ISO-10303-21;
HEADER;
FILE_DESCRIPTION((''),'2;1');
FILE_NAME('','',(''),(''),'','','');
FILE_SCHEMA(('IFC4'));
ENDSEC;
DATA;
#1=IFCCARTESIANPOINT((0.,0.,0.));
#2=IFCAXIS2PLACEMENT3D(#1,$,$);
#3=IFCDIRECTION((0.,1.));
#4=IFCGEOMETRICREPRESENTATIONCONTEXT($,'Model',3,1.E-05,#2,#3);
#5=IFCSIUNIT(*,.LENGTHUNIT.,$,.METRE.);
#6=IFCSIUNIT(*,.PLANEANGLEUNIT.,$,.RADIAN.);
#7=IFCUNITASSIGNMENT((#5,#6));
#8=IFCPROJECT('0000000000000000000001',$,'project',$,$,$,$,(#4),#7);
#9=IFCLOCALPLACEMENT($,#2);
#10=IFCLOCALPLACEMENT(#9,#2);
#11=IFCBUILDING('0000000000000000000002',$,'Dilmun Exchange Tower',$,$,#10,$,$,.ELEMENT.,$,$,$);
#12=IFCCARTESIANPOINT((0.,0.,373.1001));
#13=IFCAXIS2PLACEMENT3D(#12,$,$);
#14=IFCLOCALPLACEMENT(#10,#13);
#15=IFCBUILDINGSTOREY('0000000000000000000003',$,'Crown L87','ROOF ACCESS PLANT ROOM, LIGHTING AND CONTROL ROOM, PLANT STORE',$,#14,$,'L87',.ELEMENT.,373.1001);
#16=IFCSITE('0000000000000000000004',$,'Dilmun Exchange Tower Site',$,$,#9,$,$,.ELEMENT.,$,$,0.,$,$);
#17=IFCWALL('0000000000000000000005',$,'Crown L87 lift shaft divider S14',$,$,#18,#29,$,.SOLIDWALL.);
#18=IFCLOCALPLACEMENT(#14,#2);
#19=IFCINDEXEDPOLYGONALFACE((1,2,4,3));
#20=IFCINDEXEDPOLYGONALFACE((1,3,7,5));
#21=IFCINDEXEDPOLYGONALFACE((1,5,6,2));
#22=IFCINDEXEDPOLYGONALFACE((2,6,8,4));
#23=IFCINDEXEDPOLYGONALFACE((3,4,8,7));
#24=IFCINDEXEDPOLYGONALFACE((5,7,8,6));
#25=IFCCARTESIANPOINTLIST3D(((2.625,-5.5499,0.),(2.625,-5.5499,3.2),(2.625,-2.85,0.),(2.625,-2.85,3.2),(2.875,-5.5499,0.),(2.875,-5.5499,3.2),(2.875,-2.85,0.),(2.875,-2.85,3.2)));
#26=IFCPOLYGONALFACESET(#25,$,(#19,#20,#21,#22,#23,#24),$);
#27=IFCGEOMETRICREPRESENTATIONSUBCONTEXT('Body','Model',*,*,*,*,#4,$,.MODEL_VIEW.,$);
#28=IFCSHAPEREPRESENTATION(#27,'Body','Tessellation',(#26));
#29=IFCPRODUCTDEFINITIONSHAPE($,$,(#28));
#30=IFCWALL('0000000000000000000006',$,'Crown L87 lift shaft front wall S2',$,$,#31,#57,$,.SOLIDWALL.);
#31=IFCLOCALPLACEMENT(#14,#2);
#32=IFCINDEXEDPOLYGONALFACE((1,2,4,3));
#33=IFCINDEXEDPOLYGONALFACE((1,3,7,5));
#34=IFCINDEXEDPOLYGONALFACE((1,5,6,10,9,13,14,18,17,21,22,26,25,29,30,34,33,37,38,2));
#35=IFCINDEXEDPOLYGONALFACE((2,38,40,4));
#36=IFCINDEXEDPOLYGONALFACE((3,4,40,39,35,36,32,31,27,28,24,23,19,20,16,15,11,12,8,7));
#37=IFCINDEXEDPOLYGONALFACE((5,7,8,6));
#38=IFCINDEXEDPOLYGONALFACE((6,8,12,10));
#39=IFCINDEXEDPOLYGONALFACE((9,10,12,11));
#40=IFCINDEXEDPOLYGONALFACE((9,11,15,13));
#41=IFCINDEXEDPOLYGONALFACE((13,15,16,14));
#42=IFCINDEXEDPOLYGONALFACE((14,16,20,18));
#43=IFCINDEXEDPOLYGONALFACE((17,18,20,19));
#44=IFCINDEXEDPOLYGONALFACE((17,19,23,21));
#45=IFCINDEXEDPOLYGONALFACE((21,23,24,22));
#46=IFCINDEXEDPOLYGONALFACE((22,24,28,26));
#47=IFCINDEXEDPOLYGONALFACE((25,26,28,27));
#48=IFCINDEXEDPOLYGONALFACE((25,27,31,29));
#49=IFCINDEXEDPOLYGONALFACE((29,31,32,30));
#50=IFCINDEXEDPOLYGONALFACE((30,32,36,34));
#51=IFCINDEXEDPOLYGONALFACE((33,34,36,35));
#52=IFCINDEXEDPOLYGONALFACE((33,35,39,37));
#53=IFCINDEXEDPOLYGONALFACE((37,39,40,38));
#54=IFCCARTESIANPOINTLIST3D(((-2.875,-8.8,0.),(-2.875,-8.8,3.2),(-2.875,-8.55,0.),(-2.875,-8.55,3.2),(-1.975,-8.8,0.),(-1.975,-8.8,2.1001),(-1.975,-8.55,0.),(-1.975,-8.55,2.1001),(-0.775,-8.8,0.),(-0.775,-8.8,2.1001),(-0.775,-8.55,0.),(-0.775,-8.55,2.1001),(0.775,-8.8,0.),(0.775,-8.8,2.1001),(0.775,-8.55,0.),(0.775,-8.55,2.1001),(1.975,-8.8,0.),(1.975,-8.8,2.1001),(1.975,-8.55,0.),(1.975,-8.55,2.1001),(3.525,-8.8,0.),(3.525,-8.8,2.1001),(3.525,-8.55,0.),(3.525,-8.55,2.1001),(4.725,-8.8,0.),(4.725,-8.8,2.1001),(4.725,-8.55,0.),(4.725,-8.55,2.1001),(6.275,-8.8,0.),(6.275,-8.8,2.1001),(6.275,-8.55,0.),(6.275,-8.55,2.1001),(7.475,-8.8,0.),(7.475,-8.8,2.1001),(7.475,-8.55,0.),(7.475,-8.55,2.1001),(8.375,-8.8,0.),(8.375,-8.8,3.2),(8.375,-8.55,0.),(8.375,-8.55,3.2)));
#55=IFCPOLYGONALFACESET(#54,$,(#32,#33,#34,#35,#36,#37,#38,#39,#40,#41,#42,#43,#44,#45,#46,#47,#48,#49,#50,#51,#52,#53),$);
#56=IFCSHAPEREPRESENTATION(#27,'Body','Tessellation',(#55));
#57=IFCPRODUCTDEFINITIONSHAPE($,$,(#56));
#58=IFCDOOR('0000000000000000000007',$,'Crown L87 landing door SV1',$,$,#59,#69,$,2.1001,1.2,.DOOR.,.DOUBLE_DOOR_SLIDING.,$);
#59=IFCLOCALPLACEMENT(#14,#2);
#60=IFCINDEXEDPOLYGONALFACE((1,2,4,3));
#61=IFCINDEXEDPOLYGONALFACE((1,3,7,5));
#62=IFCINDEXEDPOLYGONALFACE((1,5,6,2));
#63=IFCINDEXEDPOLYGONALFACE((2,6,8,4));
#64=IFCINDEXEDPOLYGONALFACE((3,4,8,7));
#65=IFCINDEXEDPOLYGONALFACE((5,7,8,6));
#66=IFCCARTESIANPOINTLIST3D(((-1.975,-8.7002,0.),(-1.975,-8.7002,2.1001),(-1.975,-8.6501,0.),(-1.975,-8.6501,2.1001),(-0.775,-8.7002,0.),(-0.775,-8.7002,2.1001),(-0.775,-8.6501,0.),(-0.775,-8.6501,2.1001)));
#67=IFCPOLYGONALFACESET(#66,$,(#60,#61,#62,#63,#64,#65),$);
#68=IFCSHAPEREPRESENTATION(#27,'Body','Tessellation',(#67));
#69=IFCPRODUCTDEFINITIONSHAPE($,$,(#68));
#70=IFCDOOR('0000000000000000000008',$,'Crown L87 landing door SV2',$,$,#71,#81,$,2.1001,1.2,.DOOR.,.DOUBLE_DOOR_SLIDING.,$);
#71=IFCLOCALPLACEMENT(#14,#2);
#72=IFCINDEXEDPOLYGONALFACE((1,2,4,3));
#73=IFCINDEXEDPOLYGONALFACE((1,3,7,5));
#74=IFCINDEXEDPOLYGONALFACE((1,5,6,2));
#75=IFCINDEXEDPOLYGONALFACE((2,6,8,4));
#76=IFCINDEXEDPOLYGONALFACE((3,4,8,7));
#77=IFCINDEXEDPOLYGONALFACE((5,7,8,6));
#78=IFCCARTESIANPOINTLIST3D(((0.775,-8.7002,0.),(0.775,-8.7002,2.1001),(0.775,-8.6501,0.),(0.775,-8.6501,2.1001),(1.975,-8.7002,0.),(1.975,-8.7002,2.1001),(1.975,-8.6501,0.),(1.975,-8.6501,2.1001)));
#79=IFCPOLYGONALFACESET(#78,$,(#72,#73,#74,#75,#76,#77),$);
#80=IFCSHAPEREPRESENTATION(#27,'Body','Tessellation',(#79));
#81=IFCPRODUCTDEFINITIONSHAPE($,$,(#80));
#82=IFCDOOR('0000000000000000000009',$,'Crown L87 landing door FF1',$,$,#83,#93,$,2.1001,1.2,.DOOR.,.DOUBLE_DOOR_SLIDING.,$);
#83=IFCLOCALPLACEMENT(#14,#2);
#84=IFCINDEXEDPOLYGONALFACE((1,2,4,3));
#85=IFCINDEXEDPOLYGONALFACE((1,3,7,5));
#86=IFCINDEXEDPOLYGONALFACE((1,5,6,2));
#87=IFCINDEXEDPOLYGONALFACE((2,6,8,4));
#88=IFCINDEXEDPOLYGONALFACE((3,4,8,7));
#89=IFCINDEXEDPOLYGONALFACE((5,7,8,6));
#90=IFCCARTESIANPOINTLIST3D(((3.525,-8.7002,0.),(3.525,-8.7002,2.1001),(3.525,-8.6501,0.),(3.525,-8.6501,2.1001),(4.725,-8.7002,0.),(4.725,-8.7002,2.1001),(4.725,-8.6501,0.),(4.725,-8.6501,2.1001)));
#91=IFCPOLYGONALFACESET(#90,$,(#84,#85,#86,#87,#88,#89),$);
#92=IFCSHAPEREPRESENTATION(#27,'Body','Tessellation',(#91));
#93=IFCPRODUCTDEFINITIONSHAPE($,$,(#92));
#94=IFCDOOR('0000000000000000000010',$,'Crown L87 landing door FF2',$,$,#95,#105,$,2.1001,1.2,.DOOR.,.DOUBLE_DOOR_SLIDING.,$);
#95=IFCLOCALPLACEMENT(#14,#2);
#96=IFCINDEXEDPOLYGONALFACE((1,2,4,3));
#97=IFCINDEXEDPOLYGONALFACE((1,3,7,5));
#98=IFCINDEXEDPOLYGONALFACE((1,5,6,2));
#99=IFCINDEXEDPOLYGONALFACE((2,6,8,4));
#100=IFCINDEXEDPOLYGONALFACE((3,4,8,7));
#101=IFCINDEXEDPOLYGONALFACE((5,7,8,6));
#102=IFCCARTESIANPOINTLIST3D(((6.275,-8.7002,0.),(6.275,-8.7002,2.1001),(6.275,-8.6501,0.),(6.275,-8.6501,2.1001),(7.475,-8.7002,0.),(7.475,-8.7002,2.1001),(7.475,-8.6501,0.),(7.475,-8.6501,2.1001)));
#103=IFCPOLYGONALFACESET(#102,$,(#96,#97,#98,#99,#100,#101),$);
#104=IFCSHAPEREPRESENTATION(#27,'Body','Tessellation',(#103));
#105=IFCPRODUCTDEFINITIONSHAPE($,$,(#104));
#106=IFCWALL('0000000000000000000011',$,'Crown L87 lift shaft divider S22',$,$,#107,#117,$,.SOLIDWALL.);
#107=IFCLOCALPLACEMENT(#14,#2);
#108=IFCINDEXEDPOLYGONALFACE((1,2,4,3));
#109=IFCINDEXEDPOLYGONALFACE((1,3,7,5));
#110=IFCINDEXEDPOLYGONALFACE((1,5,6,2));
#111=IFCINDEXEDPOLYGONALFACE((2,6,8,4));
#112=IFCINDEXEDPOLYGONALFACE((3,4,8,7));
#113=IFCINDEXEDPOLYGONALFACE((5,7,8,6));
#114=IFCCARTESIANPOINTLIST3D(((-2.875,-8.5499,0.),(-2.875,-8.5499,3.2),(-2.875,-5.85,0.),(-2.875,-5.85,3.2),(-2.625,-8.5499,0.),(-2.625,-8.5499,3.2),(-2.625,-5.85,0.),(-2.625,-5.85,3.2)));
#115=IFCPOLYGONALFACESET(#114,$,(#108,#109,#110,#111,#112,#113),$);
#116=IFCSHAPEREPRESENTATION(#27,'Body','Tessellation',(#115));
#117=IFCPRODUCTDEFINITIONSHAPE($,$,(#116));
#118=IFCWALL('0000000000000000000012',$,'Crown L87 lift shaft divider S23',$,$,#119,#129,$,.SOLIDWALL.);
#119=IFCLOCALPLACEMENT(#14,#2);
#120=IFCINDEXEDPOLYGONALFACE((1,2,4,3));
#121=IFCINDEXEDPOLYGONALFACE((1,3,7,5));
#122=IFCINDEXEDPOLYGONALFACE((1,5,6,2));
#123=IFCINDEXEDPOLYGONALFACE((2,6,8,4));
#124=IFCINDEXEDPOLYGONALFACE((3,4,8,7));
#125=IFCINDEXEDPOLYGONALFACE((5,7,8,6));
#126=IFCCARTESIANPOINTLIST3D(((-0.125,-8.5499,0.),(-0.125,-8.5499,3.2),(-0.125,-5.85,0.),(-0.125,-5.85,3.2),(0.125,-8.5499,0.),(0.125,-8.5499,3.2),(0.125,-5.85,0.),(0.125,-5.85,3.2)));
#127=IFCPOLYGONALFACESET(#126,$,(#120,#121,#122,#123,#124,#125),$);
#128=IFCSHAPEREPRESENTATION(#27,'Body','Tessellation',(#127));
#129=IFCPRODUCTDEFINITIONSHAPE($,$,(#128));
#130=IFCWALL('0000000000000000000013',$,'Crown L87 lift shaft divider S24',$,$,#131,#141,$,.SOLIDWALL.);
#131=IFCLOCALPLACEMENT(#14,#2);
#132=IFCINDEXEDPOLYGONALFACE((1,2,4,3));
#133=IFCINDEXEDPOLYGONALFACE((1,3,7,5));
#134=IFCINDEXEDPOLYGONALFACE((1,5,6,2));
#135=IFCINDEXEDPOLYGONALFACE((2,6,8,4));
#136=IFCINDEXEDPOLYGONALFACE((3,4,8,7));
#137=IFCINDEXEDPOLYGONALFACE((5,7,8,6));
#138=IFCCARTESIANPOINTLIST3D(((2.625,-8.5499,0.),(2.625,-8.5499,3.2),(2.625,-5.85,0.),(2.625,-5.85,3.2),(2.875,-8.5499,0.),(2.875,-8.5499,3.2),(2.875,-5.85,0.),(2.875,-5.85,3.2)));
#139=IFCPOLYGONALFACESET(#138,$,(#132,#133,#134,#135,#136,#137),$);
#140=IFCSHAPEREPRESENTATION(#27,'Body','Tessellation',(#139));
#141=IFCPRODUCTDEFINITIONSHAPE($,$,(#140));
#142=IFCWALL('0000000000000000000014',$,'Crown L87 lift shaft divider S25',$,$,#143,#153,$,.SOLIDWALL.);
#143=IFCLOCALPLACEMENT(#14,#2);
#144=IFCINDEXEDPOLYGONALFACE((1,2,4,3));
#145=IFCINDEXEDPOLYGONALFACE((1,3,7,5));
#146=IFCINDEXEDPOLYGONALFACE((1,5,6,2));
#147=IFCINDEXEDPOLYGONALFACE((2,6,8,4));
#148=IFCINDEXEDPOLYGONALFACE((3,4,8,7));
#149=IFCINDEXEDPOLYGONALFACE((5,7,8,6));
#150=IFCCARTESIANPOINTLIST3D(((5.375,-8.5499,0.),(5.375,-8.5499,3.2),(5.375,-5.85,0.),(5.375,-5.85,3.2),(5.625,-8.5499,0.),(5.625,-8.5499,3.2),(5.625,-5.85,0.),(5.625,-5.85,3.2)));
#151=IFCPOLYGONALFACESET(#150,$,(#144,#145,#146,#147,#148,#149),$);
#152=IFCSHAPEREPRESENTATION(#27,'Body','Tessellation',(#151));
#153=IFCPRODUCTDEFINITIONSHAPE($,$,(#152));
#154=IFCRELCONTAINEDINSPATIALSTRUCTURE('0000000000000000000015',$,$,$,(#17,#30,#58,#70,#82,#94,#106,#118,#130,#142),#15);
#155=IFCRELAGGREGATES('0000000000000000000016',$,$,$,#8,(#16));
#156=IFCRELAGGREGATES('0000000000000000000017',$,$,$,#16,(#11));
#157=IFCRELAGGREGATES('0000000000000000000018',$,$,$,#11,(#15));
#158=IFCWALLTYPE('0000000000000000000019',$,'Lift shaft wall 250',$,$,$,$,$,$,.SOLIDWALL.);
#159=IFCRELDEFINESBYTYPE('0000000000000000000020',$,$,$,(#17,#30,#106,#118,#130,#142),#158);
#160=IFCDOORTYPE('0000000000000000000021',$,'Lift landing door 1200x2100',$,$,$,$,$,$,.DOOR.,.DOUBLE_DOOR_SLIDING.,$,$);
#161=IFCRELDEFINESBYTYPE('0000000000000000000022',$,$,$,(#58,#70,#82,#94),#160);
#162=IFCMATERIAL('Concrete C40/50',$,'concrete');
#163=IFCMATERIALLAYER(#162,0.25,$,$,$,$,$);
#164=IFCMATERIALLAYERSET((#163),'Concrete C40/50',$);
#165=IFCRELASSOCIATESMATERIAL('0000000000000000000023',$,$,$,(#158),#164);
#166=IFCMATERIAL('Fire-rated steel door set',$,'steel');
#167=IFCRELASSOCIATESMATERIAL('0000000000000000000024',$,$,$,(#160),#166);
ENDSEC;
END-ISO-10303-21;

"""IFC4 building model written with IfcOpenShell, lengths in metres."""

from ifc_helpers import new_model, si_unit, direction, frame, frame_2d, origin, place, context, subcontext, project, spatial, rectangle, extrude, material, layer, layer_set, type_object, element, fill, save


model = new_model("IFC4")

# Units and contexts
model_context = context("Model", 3, precision=1e-05, world=origin(), true_north=direction((0.0, 1.0)))
body_context = subcontext(model_context, "Body", "Model", "MODEL_VIEW")
ifc_project = project(units=[si_unit("LENGTHUNIT", "METRE"), si_unit("PLANEANGLEUNIT", "RADIAN")], contexts=[model_context])

# Site, building, storey
site_placement = place(None, origin())
site = spatial("IfcSite", under=ifc_project, at=site_placement, Name="Dilmun Exchange Tower Site", CompositionType="ELEMENT", RefElevation=0.0)
building_placement = place(site_placement, origin())
building = spatial("IfcBuilding", under=site, at=building_placement, Name="Dilmun Exchange Tower", CompositionType="ELEMENT")
storey_placement = place(building_placement, frame((0.0, 0.0, 373.1001)))
storey = spatial("IfcBuildingStorey", under=building, at=storey_placement, Name="Crown L87", Description="ROOF ACCESS PLANT ROOM, LIGHTING AND CONTROL ROOM, PLANT STORE", LongName="L87", CompositionType="ELEMENT", Elevation=373.1001)

# Shared definitions
ifc_material_1 = material(Name="Concrete C40/50", Category="concrete")
ifc_material_2 = material(Name="Fire-rated steel door set", Category="steel")

# Wall
ifc_layer_1 = layer(ifc_material_1, 0.25)
ifc_layer_set_1 = layer_set([ifc_layer_1], Name="Concrete C40/50")
wall_type_1 = type_object("IfcWallType", Name="Lift shaft wall 250", PredefinedType="SOLIDWALL", material=ifc_layer_set_1)
wall_1_placement = place(storey_placement, frame((2.75, -5.55, 0.0), z_axis=(0.0, 0.0, 1.0), x_axis=(0.0, 1.0, 0.0)))
element("IfcWall", 1, at=wall_1_placement, inside=storey, type_object=wall_type_1, Name="Crown L87 lift shaft divider S14", PredefinedType="SOLIDWALL", context=body_context, shape_type="SweptSolid", body=[
    extrude(rectangle(XDim=2.7, YDim=0.25, at=frame_2d((1.3501, 0.0))), origin(), (0.0, 0.0, 1.0), 3.2),
])

# Wall, openings, doors
wall_2_placement = place(storey_placement, frame((-2.875, -8.675, 0.0), z_axis=(0.0, 0.0, 1.0), x_axis=(1.0, 0.0, 0.0)))
wall_2 = element("IfcWall", 2, at=wall_2_placement, inside=storey, type_object=wall_type_1, Name="Crown L87 lift shaft front wall S2", PredefinedType="SOLIDWALL", context=body_context, shape_type="SweptSolid", body=[
    extrude(rectangle(XDim=11.25, YDim=0.25, at=frame_2d((5.625, 0.0))), origin(), (0.0, 0.0, 1.0), 3.2),
])
opening_1_placement = place(wall_2_placement, frame((0.8999, 0.0, 0.0)))
opening_1 = element("IfcOpeningElement", 3, at=opening_1_placement, cuts=wall_2, PredefinedType="OPENING", context=body_context, shape_type="SweptSolid", body=[
    extrude(rectangle(XDim=1.2, YDim=2.1001, at=frame_2d((0.6001, 1.05))), frame((0.0, 0.135, 0.0), z_axis=(0.0, -1.0, 0.0), x_axis=(1.0, 0.0, 0.0)), (0.0, 0.0, 1.0), 0.27),
])
opening_2_placement = place(wall_2_placement, frame((3.6499, 0.0, 0.0)))
opening_2 = element("IfcOpeningElement", 4, at=opening_2_placement, cuts=wall_2, PredefinedType="OPENING", context=body_context, shape_type="SweptSolid", body=[
    extrude(rectangle(XDim=1.2, YDim=2.1001, at=frame_2d((0.6001, 1.05))), frame((0.0, 0.135, 0.0), z_axis=(0.0, -1.0, 0.0), x_axis=(1.0, 0.0, 0.0)), (0.0, 0.0, 1.0), 0.27),
])
opening_3_placement = place(wall_2_placement, frame((6.3999, 0.0, 0.0)))
opening_3 = element("IfcOpeningElement", 5, at=opening_3_placement, cuts=wall_2, PredefinedType="OPENING", context=body_context, shape_type="SweptSolid", body=[
    extrude(rectangle(XDim=1.2, YDim=2.1001, at=frame_2d((0.6001, 1.05))), frame((0.0, 0.135, 0.0), z_axis=(0.0, -1.0, 0.0), x_axis=(1.0, 0.0, 0.0)), (0.0, 0.0, 1.0), 0.27),
])
opening_4_placement = place(wall_2_placement, frame((9.1499, 0.0, 0.0)))
opening_4 = element("IfcOpeningElement", 6, at=opening_4_placement, cuts=wall_2, PredefinedType="OPENING", context=body_context, shape_type="SweptSolid", body=[
    extrude(rectangle(XDim=1.2, YDim=2.1001, at=frame_2d((0.6001, 1.05))), frame((0.0, 0.135, 0.0), z_axis=(0.0, -1.0, 0.0), x_axis=(1.0, 0.0, 0.0)), (0.0, 0.0, 1.0), 0.27),
])
door_type_1 = type_object("IfcDoorType", Name="Lift landing door 1200x2100", OperationType="DOUBLE_DOOR_SLIDING", PredefinedType="DOOR", material=ifc_material_2)
door_1_placement = place(opening_1_placement, origin())
door_1 = element("IfcDoor", 7, at=door_1_placement, inside=storey, type_object=door_type_1, Name="Crown L87 landing door SV1", OperationType="DOUBLE_DOOR_SLIDING", OverallHeight=2.1001, OverallWidth=1.2, PredefinedType="DOOR", context=body_context, shape_type="SweptSolid", body=[
    extrude(rectangle(XDim=1.2, YDim=2.1001, at=frame_2d((0.6001, 1.05))), frame((0.0, 0.0249, 0.0), z_axis=(0.0, -1.0, 0.0), x_axis=(1.0, 0.0, 0.0)), (0.0, 0.0, 1.0), 0.05),
])
fill(opening_1, door_1)
door_2_placement = place(opening_2_placement, origin())
door_2 = element("IfcDoor", 8, at=door_2_placement, inside=storey, type_object=door_type_1, Name="Crown L87 landing door SV2", OperationType="DOUBLE_DOOR_SLIDING", OverallHeight=2.1001, OverallWidth=1.2, PredefinedType="DOOR", context=body_context, shape_type="SweptSolid", body=[
    extrude(rectangle(XDim=1.2, YDim=2.1001, at=frame_2d((0.6001, 1.05))), frame((0.0, 0.0249, 0.0), z_axis=(0.0, -1.0, 0.0), x_axis=(1.0, 0.0, 0.0)), (0.0, 0.0, 1.0), 0.05),
])
fill(opening_2, door_2)
door_3_placement = place(opening_3_placement, origin())
door_3 = element("IfcDoor", 9, at=door_3_placement, inside=storey, type_object=door_type_1, Name="Crown L87 landing door FF1", OperationType="DOUBLE_DOOR_SLIDING", OverallHeight=2.1001, OverallWidth=1.2, PredefinedType="DOOR", context=body_context, shape_type="SweptSolid", body=[
    extrude(rectangle(XDim=1.2, YDim=2.1001, at=frame_2d((0.6001, 1.05))), frame((0.0, 0.0249, 0.0), z_axis=(0.0, -1.0, 0.0), x_axis=(1.0, 0.0, 0.0)), (0.0, 0.0, 1.0), 0.05),
])
fill(opening_3, door_3)
door_4_placement = place(opening_4_placement, origin())
door_4 = element("IfcDoor", 10, at=door_4_placement, inside=storey, type_object=door_type_1, Name="Crown L87 landing door FF2", OperationType="DOUBLE_DOOR_SLIDING", OverallHeight=2.1001, OverallWidth=1.2, PredefinedType="DOOR", context=body_context, shape_type="SweptSolid", body=[
    extrude(rectangle(XDim=1.2, YDim=2.1001, at=frame_2d((0.6001, 1.05))), frame((0.0, 0.0249, 0.0), z_axis=(0.0, -1.0, 0.0), x_axis=(1.0, 0.0, 0.0)), (0.0, 0.0, 1.0), 0.05),
])
fill(opening_4, door_4)

# Walls
for number, where, z_axis, x_axis, name in (
    (11, (-2.75, -8.55, 0.0), (0.0, 0.0, 1.0), (0.0, 1.0, 0.0), "Crown L87 lift shaft divider S22"),
    (12, (0.0, -8.55, 0.0), (0.0, 0.0, 1.0), (0.0, 1.0, 0.0), "Crown L87 lift shaft divider S23"),
    (13, (2.75, -8.55, 0.0), (0.0, 0.0, 1.0), (0.0, 1.0, 0.0), "Crown L87 lift shaft divider S24"),
    (14, (5.5, -8.55, 0.0), (0.0, 0.0, 1.0), (0.0, 1.0, 0.0), "Crown L87 lift shaft divider S25"),
):
    element("IfcWall", number, at=place(storey_placement, frame(where, z_axis=z_axis, x_axis=x_axis)), inside=storey, type_object=wall_type_1, Name=name, PredefinedType="SOLIDWALL", context=body_context, shape_type="SweptSolid", body=[
        extrude(rectangle(XDim=2.7, YDim=0.25, at=frame_2d((1.3501, 0.0))), origin(), (0.0, 0.0, 1.0), 3.2),
    ])

save(model, "model.ifc")
